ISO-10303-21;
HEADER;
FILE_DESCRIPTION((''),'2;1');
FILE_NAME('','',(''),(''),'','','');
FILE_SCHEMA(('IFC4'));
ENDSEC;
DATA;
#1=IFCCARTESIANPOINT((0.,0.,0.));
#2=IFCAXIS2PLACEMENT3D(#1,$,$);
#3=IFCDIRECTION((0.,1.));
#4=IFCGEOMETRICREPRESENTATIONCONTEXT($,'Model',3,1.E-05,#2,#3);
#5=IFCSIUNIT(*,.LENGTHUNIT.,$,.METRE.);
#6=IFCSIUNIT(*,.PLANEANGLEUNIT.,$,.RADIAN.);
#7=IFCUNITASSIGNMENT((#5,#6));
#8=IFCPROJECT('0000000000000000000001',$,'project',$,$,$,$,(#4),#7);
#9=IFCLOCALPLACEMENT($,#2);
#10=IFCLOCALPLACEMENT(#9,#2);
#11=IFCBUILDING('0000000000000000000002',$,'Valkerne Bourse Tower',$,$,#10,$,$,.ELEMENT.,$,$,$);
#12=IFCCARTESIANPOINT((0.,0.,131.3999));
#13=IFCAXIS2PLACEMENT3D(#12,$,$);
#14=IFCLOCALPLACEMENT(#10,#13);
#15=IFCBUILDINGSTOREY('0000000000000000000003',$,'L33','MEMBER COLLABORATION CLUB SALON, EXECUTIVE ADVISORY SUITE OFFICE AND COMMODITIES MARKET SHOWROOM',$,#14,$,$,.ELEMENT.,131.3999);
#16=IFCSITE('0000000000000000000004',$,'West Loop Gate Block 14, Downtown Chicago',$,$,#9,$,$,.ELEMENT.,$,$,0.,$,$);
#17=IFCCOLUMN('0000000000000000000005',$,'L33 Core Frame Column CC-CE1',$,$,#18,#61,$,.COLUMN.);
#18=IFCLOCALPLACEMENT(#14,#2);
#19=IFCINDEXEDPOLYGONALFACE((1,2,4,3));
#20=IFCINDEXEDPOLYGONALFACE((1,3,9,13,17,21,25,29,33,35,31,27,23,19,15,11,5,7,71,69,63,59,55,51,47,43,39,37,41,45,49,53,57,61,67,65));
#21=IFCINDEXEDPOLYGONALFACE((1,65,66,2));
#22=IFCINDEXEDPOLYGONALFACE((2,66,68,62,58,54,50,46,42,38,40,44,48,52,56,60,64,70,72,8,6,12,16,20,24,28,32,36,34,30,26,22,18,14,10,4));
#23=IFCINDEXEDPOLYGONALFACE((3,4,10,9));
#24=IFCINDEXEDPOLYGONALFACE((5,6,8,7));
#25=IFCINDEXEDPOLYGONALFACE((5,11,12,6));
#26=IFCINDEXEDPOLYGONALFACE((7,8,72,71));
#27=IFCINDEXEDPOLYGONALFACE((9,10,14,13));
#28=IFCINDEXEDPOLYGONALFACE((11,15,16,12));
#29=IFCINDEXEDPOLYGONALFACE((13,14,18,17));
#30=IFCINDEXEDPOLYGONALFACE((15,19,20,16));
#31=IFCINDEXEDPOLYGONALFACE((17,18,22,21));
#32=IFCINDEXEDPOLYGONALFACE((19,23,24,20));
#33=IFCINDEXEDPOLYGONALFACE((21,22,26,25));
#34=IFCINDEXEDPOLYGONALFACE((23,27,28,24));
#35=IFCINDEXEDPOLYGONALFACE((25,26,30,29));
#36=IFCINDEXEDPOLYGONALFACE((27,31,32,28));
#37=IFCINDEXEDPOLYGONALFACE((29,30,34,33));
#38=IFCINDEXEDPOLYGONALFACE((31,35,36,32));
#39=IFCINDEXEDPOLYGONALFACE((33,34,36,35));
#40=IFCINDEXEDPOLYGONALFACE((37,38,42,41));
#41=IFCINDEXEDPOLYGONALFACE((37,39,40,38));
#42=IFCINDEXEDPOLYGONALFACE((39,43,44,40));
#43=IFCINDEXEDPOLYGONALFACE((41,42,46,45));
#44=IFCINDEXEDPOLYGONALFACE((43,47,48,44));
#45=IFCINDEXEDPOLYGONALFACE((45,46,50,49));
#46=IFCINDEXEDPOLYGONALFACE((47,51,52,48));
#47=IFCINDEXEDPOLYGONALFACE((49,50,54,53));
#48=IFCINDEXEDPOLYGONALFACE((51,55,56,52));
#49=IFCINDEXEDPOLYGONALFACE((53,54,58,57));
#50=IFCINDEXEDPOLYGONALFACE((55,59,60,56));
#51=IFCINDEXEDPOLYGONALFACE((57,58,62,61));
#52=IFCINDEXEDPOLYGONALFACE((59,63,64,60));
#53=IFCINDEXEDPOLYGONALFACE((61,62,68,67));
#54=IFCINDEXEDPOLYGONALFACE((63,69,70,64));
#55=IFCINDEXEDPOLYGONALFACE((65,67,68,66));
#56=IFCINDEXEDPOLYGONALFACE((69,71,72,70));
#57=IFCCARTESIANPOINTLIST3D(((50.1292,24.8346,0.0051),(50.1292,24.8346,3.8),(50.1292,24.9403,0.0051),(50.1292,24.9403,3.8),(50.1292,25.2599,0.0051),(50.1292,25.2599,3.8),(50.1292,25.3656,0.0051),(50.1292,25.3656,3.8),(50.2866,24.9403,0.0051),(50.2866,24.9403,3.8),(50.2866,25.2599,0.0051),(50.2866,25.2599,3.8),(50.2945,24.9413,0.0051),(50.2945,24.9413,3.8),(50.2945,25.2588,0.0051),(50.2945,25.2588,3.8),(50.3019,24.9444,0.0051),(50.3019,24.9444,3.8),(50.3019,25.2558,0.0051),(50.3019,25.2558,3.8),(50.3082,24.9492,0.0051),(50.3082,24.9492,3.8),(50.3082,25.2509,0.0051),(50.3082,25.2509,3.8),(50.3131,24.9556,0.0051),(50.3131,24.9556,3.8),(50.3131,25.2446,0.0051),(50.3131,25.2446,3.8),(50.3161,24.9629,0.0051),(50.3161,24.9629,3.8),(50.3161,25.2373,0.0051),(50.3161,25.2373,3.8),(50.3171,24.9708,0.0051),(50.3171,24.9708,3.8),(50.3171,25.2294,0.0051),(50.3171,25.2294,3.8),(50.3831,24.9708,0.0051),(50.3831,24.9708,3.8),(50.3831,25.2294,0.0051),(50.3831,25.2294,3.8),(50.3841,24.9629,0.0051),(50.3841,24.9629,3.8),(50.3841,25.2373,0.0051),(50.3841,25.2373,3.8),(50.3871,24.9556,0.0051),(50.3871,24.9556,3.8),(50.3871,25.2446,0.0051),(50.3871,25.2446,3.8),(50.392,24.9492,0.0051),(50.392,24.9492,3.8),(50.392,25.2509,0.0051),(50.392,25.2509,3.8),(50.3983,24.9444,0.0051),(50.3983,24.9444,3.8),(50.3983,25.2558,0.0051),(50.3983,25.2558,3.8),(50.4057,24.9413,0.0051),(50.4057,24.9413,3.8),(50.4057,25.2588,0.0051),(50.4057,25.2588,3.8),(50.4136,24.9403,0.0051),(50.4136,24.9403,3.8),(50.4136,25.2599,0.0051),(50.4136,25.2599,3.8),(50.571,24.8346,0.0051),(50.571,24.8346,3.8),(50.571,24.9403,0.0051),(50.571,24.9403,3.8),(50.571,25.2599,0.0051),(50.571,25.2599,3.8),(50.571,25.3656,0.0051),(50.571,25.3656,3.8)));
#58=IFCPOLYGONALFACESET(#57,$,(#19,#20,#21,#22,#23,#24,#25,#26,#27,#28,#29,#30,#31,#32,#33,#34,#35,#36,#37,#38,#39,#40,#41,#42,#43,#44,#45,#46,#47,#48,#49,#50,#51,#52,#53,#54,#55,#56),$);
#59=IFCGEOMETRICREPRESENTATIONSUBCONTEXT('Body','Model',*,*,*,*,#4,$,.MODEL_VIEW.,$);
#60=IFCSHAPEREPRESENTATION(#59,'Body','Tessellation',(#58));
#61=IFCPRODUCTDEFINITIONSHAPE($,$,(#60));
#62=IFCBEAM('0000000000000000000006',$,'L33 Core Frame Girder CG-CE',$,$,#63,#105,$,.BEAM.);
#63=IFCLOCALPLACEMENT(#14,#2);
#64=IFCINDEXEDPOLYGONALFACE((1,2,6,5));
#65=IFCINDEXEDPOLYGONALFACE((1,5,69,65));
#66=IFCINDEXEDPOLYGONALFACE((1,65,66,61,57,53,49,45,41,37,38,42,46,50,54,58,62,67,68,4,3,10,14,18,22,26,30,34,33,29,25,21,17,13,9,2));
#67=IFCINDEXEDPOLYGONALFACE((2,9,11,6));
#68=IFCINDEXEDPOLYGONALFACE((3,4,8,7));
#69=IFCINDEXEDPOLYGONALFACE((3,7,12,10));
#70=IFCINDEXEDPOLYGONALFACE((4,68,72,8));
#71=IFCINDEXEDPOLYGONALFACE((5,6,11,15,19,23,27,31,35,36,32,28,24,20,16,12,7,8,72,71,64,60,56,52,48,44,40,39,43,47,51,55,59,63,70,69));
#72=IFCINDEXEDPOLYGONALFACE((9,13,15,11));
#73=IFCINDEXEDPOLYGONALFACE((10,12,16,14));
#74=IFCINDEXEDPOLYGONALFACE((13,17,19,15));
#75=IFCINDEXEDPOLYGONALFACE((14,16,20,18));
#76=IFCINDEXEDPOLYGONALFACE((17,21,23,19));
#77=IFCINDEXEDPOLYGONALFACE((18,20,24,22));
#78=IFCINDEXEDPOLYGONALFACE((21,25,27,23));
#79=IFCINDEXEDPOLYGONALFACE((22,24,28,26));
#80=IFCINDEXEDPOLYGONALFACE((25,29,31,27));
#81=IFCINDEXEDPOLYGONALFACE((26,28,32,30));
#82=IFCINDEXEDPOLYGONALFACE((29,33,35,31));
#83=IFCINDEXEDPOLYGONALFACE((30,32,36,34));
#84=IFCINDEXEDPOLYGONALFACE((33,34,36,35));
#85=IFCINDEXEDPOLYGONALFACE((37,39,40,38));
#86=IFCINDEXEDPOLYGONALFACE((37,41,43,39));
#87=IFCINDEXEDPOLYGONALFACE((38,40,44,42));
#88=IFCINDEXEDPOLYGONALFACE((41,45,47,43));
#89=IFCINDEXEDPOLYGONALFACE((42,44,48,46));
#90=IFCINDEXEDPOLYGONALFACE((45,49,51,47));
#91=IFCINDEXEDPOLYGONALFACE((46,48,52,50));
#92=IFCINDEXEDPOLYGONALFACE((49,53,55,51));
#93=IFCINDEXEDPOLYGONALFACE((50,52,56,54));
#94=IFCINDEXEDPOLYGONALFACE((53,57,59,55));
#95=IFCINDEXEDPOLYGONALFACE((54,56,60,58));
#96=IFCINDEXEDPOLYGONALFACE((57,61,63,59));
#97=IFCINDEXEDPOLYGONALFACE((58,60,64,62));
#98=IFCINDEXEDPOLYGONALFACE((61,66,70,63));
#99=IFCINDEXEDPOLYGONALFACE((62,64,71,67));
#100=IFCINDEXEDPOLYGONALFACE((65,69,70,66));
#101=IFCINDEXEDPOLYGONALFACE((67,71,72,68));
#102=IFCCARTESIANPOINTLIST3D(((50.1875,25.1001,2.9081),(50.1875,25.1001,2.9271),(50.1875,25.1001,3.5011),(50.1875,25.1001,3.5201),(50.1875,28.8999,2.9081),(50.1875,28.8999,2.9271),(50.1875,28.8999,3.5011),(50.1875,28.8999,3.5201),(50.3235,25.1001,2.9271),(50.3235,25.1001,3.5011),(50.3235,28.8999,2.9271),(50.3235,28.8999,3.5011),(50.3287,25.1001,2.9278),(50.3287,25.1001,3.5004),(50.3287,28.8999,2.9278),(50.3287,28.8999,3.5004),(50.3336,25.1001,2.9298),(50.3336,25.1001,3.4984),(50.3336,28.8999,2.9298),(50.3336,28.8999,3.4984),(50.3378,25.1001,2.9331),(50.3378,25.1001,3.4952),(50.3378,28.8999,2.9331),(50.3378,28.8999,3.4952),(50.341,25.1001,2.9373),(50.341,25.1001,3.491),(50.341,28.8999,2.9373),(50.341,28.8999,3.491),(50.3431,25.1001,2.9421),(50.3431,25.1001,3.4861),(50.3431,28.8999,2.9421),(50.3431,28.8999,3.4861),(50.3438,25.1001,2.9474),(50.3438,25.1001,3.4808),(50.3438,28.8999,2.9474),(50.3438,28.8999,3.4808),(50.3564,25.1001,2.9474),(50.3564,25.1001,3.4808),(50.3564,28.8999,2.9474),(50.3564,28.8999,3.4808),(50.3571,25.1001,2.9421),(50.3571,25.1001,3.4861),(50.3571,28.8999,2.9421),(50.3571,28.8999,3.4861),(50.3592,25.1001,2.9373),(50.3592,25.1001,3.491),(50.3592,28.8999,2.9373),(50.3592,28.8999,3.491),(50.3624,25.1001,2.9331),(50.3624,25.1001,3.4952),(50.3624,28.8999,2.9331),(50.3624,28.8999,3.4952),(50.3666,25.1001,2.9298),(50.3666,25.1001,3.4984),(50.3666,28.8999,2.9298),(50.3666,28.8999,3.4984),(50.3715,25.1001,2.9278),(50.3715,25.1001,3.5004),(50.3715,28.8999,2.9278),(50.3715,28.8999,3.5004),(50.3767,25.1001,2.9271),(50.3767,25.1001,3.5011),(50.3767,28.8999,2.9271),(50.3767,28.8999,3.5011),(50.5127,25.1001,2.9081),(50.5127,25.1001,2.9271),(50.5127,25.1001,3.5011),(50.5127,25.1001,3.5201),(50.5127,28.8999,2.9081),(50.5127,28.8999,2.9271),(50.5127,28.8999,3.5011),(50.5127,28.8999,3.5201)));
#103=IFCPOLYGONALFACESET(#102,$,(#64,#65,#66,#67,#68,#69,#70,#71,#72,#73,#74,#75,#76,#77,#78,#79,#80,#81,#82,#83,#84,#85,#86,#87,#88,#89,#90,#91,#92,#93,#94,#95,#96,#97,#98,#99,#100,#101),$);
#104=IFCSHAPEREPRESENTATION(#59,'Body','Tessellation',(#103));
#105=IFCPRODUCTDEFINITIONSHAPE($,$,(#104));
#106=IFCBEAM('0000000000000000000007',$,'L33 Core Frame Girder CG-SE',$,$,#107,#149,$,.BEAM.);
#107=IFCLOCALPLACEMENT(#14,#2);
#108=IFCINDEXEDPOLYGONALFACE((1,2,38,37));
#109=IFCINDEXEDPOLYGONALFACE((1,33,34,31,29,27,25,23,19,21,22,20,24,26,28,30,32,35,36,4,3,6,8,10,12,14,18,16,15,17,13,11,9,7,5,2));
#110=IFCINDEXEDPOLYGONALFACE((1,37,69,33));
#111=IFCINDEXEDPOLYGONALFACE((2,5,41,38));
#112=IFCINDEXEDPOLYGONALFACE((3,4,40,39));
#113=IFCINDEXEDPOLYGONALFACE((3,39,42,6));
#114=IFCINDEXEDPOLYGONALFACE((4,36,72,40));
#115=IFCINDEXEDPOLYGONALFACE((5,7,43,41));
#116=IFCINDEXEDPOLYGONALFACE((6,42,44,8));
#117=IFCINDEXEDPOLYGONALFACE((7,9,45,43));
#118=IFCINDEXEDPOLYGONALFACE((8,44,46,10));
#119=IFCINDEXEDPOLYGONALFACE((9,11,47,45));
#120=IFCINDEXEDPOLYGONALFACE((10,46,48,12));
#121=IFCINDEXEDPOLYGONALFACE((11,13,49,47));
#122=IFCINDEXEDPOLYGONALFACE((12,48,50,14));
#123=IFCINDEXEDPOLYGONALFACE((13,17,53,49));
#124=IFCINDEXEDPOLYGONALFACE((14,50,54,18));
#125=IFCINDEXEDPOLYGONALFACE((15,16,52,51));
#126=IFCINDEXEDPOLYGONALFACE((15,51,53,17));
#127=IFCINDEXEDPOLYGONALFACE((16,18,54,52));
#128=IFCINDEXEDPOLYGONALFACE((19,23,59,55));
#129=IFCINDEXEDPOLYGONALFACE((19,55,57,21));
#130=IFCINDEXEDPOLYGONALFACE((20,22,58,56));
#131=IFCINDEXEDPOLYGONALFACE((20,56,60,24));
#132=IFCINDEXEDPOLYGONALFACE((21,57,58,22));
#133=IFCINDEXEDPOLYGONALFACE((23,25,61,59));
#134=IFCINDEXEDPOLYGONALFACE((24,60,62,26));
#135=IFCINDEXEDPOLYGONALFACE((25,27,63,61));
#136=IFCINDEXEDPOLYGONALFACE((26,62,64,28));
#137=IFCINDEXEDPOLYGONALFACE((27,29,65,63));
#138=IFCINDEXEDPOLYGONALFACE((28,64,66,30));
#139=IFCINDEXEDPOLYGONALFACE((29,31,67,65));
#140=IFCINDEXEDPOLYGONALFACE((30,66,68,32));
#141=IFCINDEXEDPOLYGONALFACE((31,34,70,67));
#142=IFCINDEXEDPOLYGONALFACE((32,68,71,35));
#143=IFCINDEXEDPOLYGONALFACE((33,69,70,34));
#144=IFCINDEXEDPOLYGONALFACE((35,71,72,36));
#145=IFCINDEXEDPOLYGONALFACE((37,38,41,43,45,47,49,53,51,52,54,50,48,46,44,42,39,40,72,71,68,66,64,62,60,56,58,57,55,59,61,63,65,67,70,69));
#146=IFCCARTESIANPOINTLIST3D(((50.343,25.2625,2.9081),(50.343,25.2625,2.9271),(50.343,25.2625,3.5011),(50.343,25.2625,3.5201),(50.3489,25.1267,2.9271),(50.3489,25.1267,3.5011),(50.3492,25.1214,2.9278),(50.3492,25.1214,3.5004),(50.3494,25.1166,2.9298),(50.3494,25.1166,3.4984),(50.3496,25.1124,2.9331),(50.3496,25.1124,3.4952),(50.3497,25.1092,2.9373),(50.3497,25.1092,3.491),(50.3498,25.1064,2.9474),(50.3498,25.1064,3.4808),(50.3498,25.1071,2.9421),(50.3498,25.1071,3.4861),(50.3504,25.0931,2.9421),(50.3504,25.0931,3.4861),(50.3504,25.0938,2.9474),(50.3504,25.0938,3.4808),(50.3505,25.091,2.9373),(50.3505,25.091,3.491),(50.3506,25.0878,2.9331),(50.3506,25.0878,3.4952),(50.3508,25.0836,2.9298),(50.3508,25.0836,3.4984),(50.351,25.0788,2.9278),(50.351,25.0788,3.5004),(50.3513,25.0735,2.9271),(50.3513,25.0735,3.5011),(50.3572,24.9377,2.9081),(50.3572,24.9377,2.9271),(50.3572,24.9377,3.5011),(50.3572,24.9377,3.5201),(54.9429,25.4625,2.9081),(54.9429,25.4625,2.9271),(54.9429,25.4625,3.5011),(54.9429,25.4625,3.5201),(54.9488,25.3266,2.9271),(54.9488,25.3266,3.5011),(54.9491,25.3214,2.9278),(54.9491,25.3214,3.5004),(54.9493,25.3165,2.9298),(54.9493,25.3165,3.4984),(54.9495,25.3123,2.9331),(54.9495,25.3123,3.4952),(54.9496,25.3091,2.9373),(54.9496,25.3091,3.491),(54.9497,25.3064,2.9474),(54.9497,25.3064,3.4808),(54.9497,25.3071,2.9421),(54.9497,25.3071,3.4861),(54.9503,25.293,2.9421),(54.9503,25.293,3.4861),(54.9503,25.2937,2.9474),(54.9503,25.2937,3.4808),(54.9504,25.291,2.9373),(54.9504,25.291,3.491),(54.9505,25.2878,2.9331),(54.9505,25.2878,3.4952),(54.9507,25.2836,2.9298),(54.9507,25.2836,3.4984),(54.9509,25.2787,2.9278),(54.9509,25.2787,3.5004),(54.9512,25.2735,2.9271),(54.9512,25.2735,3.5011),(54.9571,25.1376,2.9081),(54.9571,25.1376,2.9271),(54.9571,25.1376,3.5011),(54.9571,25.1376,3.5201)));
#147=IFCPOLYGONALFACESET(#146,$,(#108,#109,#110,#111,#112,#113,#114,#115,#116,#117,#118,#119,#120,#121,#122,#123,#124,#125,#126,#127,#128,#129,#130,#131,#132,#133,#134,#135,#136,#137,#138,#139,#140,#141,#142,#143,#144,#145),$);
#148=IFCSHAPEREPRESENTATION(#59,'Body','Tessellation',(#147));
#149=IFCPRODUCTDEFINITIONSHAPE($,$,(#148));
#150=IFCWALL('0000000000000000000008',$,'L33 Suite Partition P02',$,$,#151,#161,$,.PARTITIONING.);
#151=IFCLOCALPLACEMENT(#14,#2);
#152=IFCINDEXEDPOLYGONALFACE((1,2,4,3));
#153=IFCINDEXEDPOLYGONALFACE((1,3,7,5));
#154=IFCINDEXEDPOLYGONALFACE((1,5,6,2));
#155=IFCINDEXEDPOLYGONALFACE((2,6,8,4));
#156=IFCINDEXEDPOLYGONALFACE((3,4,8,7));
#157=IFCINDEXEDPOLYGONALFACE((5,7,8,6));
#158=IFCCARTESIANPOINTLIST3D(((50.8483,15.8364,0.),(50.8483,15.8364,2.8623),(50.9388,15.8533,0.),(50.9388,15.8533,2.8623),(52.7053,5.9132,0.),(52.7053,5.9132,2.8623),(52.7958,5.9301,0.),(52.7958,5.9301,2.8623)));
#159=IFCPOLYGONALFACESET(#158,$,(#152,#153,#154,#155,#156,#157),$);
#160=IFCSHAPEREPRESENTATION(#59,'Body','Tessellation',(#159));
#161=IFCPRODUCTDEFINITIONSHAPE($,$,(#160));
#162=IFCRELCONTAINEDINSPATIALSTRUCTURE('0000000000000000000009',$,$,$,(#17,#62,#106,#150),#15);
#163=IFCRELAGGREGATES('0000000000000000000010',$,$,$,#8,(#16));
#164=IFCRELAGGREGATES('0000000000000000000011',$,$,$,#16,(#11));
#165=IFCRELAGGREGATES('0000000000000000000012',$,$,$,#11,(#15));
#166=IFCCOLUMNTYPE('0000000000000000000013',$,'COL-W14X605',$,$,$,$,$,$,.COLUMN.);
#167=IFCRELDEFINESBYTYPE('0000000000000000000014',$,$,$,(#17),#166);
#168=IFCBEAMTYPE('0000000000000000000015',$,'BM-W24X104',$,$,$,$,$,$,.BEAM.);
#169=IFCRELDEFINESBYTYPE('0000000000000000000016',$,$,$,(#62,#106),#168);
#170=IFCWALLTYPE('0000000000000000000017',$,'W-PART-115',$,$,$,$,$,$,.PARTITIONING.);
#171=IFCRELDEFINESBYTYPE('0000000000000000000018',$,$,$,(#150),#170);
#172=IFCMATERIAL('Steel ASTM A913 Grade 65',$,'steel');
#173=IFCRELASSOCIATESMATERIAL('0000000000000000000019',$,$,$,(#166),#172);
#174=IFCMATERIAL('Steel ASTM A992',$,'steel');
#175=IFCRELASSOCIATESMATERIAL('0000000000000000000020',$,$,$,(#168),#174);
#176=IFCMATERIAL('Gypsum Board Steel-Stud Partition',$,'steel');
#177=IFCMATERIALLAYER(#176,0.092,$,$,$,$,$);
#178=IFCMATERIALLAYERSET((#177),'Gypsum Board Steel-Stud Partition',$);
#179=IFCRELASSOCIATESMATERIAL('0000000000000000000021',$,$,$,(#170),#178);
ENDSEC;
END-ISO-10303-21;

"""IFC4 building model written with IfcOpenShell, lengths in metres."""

from ifc_helpers import new_model, si_unit, direction, frame, frame_2d, origin, origin_2d, place, context, subcontext, project, spatial, rectangle, i_section, extrude, material, layer, layer_set, material_profile, profile_set, type_object, element, save


model = new_model("IFC4")

# Units and contexts
model_context = context("Model", 3, precision=1e-05, world=origin(), true_north=direction((0.0, 1.0)))
body_context = subcontext(model_context, "Body", "Model", "MODEL_VIEW")
ifc_project = project(units=[si_unit("LENGTHUNIT", "METRE"), si_unit("PLANEANGLEUNIT", "RADIAN")], contexts=[model_context])

# Site, building, storey
site_placement = place(None, origin())
site = spatial("IfcSite", under=ifc_project, at=site_placement, Name="West Loop Gate Block 14, Downtown Chicago", CompositionType="ELEMENT", RefElevation=0.0)
building_placement = place(site_placement, origin())
building = spatial("IfcBuilding", under=site, at=building_placement, Name="Valkerne Bourse Tower", CompositionType="ELEMENT")
storey_placement = place(building_placement, frame((0.0, 0.0, 131.3999)))
storey = spatial("IfcBuildingStorey", under=building, at=storey_placement, Name="L33", Description="MEMBER COLLABORATION CLUB SALON, EXECUTIVE ADVISORY SUITE OFFICE AND COMMODITIES MARKET SHOWROOM", CompositionType="ELEMENT", Elevation=131.3999)

# Column
ifc_material_1 = material(Name="Steel ASTM A913 Grade 65", Category="steel")
ifc_material_profile_1 = material_profile(ifc_material_1, i_section(OverallWidth=0.4419, OverallDepth=0.531, WebThickness=0.0659, FlangeThickness=0.1057, FilletRadius=0.0305, at=origin_2d()), Name="W14X605")
ifc_profile_set_1 = profile_set([ifc_material_profile_1], Name="Steel ASTM A913 Grade 65")
column_type = type_object("IfcColumnType", Name="COL-W14X605", PredefinedType="COLUMN", material=ifc_profile_set_1)
column_placement = place(storey_placement, frame((50.3501, 25.1001, 0.0051), z_axis=(0.0, 0.0, 1.0), x_axis=(1.0, 0.0, 0.0)))
element("IfcColumn", 1, at=column_placement, inside=storey, type_object=column_type, Name="L33 Core Frame Column CC-CE1", PredefinedType="COLUMN", context=body_context, shape_type="SweptSolid", body=[
    extrude(i_section(OverallWidth=0.4419, OverallDepth=0.531, WebThickness=0.0659, FlangeThickness=0.1057, FilletRadius=0.0305, at=origin_2d()), origin(), (0.0, 0.0, 1.0), 3.7949),
])

# Beams
ifc_material_2 = material(Name="Steel ASTM A992", Category="steel")
ifc_material_profile_2 = material_profile(ifc_material_2, i_section(OverallWidth=0.3252, OverallDepth=0.6121, WebThickness=0.0127, FlangeThickness=0.019, FilletRadius=0.0203, at=origin_2d()), Name="W24X104")
ifc_profile_set_2 = profile_set([ifc_material_profile_2], Name="Steel ASTM A992")
beam_type = type_object("IfcBeamType", Name="BM-W24X104", PredefinedType="BEAM", material=ifc_profile_set_2)
beam_1_placement = place(storey_placement, frame((50.3501, 25.1001, 3.2141), z_axis=(0.0, 1.0, 0.0), x_axis=(-1.0, 0.0, 0.0)))
element("IfcBeam", 2, at=beam_1_placement, inside=storey, type_object=beam_type, Name="L33 Core Frame Girder CG-CE", PredefinedType="BEAM", context=body_context, shape_type="SweptSolid", body=[
    extrude(i_section(OverallWidth=0.3252, OverallDepth=0.6121, WebThickness=0.0127, FlangeThickness=0.019, FilletRadius=0.0203, at=origin_2d()), origin(), (0.0, 0.0, 1.0), 3.7998),
])
beam_2_placement = place(storey_placement, frame((50.3501, 25.1001, 3.2141), z_axis=(0.999057, 0.043428, 0.0), x_axis=(-0.043428, 0.999057, 0.0)))
element("IfcBeam", 3, at=beam_2_placement, inside=storey, type_object=beam_type, Name="L33 Core Frame Girder CG-SE", PredefinedType="BEAM", context=body_context, shape_type="SweptSolid", body=[
    extrude(i_section(OverallWidth=0.3252, OverallDepth=0.6121, WebThickness=0.0127, FlangeThickness=0.019, FilletRadius=0.0203, at=origin_2d()), origin(), (0.0, 0.0, 1.0), 4.6042),
])

# Wall
ifc_material_3 = material(Name="Gypsum Board Steel-Stud Partition", Category="steel")
ifc_layer_1 = layer(ifc_material_3, 0.092)
ifc_layer_set_1 = layer_set([ifc_layer_1], Name="Gypsum Board Steel-Stud Partition")
wall_type_1 = type_object("IfcWallType", Name="W-PART-115", PredefinedType="PARTITIONING", material=ifc_layer_set_1)
wall_1_placement = place(storey_placement, frame((50.8936, 15.845, 0.0), z_axis=(0.0, 0.0, 1.0), x_axis=(0.18394, -0.982938, 0.0)))
element("IfcWall", 4, at=wall_1_placement, inside=storey, type_object=wall_type_1, Name="L33 Suite Partition P02", PredefinedType="PARTITIONING", context=body_context, shape_type="SweptSolid", body=[
    extrude(rectangle(XDim=10.0955, YDim=0.092, at=frame_2d((5.0479, 0.0))), origin(), (0.0, 0.0, 1.0), 2.8623),
])

save(model, "model.ifc")
